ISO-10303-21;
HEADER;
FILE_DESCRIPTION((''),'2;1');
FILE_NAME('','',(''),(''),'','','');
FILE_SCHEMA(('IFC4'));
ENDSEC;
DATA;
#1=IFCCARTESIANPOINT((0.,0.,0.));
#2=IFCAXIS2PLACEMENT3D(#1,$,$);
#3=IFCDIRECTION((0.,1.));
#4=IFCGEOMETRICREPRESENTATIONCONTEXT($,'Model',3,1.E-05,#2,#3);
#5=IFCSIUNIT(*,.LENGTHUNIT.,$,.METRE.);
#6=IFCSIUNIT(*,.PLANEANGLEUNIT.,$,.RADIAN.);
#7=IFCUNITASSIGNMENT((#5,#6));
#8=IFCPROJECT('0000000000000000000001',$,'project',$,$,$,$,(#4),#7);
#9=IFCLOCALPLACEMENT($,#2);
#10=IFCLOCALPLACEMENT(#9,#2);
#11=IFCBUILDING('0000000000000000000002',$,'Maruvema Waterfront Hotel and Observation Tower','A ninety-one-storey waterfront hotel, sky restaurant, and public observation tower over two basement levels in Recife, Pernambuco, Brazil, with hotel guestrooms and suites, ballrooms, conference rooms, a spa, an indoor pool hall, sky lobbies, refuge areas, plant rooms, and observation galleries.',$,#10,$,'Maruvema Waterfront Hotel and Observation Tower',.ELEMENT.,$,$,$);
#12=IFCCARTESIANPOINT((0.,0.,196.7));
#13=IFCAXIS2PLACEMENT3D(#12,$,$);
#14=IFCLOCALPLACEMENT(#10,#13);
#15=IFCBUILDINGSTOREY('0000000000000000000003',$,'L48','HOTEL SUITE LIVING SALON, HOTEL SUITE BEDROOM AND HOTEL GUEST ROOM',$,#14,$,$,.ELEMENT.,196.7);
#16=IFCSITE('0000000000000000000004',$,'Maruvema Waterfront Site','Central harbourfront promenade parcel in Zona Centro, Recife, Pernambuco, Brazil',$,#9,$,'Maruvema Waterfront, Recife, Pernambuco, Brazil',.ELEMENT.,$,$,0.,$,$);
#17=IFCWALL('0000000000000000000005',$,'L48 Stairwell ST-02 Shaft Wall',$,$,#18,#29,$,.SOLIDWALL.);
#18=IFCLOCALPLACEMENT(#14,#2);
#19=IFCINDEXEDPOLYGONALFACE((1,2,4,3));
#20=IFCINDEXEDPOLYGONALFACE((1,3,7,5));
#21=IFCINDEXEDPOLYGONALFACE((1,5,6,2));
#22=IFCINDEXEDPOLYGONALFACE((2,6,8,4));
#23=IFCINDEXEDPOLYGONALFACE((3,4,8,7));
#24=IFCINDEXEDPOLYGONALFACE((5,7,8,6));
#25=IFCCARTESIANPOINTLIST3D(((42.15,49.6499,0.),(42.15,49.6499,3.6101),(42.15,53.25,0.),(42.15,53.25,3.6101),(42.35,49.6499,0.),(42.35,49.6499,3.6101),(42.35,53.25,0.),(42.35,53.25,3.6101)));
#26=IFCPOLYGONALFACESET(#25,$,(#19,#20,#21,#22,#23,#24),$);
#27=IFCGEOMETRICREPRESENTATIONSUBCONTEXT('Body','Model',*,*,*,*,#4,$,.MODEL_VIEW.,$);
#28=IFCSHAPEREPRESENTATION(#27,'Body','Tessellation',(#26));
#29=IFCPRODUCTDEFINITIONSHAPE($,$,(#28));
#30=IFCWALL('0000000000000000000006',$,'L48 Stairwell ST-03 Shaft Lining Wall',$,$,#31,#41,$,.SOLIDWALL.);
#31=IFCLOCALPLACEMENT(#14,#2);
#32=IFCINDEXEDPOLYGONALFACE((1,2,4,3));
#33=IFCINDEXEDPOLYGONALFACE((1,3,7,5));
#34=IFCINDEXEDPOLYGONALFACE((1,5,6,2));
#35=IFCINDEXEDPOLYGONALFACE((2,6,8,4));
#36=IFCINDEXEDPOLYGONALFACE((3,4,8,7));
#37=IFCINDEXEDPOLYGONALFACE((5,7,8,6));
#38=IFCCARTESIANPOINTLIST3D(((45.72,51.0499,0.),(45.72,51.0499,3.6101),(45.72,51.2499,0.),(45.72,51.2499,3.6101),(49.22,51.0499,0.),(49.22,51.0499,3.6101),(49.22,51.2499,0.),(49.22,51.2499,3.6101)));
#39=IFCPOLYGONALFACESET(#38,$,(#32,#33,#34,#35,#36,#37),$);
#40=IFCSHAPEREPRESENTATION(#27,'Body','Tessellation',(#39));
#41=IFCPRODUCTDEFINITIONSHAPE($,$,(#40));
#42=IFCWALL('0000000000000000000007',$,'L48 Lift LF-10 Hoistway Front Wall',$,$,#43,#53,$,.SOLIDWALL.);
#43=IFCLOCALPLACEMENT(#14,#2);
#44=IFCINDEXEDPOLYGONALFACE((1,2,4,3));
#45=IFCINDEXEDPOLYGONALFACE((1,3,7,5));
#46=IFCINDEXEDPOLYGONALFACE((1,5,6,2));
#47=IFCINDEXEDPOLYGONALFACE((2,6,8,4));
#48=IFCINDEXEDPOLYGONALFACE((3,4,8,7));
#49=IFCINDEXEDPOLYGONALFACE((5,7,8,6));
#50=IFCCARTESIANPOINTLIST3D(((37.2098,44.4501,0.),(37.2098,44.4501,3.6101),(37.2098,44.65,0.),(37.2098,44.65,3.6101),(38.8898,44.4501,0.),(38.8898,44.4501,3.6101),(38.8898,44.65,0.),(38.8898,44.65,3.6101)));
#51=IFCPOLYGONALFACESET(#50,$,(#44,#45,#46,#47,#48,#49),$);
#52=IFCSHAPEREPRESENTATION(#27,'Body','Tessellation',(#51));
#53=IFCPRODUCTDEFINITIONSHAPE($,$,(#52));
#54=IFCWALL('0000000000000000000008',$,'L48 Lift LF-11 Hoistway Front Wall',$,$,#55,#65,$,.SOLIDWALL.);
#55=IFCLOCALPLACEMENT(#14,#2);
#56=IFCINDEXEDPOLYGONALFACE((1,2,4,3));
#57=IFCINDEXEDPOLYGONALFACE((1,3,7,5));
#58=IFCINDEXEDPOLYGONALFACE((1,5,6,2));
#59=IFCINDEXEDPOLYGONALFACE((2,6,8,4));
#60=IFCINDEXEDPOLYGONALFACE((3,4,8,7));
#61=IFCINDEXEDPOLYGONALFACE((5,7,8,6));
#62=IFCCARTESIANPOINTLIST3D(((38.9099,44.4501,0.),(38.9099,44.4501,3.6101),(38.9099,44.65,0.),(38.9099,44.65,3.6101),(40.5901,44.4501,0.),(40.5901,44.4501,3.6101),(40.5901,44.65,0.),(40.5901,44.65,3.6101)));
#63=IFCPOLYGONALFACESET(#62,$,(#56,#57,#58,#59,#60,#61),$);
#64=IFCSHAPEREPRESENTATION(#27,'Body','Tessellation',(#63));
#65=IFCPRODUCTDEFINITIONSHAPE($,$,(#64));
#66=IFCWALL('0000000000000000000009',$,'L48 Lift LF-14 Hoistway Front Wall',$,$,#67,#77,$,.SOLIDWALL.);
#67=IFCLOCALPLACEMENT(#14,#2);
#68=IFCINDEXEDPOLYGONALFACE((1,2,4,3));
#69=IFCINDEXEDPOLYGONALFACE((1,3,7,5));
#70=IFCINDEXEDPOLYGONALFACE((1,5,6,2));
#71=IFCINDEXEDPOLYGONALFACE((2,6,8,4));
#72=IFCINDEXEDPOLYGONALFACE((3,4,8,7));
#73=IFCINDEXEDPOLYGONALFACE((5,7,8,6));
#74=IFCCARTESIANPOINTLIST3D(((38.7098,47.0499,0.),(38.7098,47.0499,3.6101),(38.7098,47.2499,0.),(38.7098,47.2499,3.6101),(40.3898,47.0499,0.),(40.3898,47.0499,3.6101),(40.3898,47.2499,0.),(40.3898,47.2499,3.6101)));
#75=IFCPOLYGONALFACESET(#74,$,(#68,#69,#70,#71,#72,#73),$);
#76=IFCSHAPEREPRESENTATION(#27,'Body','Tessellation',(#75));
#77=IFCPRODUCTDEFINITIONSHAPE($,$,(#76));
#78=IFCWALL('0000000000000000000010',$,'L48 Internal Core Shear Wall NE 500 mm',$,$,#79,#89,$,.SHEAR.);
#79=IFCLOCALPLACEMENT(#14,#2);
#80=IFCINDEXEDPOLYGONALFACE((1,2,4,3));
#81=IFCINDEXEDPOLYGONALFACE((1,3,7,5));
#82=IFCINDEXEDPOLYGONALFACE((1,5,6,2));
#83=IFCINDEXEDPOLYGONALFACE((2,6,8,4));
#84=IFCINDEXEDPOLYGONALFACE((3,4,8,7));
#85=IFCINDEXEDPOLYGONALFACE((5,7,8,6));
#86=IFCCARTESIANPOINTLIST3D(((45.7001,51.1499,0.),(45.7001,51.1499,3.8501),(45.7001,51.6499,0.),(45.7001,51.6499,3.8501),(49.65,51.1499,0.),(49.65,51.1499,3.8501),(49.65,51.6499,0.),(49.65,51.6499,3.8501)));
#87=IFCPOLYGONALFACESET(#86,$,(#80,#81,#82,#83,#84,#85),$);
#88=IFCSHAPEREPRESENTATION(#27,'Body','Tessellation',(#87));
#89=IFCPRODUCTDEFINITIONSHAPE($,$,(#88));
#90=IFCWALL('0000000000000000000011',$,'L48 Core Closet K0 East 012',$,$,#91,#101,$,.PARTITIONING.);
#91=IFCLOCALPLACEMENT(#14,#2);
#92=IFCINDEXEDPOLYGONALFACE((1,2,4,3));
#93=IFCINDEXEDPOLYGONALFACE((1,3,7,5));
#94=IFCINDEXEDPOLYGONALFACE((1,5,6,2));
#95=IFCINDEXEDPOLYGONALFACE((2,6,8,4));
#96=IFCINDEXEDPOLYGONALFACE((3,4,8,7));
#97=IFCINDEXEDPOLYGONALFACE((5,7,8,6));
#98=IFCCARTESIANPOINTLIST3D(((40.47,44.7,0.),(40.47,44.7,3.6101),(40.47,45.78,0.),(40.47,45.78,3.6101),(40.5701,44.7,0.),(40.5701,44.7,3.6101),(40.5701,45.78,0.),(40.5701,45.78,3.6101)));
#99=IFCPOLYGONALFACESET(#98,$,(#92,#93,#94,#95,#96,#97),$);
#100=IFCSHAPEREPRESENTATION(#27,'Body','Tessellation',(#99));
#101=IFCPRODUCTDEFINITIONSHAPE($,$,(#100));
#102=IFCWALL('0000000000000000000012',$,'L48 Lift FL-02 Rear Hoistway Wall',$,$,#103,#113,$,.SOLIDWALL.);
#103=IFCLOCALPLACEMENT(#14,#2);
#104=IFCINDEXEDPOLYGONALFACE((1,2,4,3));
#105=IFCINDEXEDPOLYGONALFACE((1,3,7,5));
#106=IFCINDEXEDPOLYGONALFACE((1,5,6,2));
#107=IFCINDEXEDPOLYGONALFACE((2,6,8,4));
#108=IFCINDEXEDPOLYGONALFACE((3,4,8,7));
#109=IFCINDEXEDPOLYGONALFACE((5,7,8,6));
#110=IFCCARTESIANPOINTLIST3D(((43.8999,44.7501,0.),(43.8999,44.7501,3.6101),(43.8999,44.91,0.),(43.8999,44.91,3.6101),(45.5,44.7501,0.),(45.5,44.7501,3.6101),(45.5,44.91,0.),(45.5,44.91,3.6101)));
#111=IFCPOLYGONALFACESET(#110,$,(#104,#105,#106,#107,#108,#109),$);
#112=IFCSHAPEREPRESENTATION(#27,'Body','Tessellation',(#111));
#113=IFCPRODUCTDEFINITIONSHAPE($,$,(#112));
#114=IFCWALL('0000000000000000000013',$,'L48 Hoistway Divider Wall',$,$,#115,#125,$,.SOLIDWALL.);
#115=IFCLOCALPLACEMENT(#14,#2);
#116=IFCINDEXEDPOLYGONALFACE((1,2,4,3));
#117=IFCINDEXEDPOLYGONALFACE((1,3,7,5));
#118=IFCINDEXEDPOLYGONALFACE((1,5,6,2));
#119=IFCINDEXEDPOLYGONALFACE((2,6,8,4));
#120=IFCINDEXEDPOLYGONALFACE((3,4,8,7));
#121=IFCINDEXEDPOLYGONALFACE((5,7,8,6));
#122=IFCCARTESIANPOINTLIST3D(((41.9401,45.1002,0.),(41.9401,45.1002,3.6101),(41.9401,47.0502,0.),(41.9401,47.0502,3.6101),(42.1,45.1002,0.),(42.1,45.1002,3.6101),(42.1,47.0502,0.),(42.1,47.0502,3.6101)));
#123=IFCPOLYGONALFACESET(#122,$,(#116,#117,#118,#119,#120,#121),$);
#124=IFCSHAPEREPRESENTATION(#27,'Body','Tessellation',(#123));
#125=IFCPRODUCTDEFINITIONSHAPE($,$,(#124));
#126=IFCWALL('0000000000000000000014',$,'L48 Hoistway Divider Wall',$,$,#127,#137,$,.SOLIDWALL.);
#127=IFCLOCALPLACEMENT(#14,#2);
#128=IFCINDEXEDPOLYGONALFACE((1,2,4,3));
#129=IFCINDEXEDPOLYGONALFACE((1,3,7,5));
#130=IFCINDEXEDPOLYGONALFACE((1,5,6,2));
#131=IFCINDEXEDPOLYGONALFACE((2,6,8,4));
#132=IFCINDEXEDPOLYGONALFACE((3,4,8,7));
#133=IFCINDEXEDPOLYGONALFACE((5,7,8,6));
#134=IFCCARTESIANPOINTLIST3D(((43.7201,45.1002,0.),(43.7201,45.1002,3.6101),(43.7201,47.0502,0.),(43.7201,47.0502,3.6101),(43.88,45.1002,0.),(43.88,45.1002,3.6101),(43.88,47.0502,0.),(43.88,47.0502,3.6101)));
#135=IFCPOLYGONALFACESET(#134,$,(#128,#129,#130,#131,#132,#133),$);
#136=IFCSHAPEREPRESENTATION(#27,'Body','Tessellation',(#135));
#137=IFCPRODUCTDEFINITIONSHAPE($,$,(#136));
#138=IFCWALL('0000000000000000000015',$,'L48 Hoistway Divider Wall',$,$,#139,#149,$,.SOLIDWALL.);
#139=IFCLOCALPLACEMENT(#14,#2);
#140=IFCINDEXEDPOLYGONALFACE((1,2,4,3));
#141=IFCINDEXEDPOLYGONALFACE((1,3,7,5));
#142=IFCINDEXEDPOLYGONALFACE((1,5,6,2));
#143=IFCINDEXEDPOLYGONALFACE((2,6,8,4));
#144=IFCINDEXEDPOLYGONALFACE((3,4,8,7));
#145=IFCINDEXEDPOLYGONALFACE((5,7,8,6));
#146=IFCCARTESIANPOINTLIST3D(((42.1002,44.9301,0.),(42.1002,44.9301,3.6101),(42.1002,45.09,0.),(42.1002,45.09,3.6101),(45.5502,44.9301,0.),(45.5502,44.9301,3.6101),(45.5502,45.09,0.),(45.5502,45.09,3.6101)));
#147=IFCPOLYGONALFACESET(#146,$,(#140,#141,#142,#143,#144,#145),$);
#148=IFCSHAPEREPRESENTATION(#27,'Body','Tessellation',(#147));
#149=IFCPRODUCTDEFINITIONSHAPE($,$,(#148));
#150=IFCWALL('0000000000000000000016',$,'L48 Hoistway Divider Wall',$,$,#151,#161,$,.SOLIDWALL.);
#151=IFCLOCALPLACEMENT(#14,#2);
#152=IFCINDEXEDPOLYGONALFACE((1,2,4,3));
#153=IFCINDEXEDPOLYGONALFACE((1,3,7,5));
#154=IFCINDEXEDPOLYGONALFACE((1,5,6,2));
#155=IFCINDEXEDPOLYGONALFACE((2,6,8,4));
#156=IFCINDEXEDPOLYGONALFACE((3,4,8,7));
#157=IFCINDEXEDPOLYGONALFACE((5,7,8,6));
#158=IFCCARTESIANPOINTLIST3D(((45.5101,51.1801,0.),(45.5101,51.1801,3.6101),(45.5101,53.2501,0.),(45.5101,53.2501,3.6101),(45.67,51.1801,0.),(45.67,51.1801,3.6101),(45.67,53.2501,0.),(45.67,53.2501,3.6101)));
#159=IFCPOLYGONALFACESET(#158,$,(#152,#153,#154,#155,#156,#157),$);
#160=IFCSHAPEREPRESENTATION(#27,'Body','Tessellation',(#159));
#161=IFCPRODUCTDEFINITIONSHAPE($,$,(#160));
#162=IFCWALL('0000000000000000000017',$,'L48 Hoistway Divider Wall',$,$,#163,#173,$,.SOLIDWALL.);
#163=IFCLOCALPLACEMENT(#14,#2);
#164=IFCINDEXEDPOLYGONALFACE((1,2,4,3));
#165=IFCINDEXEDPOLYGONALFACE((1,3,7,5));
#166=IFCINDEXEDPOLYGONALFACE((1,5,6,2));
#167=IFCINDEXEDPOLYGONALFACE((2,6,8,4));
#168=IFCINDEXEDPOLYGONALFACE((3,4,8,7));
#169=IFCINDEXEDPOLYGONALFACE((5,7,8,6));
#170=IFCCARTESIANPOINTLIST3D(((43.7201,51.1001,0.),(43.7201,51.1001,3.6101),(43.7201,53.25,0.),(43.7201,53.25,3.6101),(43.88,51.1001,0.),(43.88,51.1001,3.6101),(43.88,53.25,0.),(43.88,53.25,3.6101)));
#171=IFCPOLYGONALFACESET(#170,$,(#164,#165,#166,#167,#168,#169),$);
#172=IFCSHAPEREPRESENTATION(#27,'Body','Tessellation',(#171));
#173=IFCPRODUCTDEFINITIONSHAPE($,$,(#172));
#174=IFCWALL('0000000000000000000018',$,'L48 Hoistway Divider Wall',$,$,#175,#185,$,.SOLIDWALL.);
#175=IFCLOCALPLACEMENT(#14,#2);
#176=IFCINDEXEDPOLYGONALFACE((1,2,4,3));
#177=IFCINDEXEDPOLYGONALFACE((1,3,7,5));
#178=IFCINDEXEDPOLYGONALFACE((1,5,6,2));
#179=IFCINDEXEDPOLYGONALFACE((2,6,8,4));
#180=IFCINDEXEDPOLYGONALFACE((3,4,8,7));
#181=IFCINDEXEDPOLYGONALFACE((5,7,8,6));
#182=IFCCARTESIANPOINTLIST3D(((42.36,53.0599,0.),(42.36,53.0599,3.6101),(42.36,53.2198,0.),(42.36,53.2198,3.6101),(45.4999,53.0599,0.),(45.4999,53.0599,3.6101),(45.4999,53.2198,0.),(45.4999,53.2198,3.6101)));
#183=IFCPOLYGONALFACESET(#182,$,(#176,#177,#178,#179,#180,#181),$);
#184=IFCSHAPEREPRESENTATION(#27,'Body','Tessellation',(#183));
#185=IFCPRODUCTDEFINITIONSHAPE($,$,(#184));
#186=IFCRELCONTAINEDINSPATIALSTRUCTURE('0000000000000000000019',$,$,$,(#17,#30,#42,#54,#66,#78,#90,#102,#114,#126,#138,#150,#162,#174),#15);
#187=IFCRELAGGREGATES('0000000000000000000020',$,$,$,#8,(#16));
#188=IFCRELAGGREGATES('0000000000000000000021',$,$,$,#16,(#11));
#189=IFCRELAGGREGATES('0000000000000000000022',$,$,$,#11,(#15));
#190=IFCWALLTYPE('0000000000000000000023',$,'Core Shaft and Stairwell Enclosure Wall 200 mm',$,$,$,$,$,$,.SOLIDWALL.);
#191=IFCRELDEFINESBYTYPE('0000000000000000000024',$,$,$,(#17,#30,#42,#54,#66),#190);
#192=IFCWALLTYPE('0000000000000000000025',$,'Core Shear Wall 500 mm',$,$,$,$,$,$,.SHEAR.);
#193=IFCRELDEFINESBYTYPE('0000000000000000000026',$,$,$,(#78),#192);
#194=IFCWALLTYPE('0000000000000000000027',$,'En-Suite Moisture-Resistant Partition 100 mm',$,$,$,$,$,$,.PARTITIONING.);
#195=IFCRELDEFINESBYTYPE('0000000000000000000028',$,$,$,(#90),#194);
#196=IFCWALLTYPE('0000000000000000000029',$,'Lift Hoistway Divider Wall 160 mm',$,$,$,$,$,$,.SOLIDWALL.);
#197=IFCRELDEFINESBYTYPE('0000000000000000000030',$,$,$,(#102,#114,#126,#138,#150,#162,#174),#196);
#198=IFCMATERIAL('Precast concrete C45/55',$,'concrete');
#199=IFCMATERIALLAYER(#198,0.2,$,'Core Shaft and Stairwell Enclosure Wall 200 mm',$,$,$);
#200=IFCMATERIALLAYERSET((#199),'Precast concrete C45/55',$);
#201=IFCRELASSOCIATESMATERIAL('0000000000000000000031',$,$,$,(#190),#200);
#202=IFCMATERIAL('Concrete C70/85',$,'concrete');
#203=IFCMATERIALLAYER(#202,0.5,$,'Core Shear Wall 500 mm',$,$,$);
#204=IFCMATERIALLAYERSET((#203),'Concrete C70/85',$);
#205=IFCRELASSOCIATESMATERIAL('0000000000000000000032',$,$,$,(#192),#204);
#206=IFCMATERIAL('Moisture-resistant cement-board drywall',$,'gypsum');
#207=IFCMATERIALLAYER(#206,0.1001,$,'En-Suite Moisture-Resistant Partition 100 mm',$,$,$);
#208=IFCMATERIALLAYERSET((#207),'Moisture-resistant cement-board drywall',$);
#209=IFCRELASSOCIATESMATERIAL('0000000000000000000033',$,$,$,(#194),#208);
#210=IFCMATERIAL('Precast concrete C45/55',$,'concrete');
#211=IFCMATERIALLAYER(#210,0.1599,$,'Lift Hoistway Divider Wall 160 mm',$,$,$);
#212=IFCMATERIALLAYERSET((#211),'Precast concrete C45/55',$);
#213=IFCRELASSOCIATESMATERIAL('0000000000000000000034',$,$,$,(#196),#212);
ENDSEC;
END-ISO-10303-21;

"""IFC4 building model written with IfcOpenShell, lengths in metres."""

from ifc_helpers import new_model, si_unit, direction, frame, frame_2d, origin, place, context, subcontext, project, spatial, rectangle, extrude, material, layer, layer_set, type_object, element, save


model = new_model("IFC4")

# Units and contexts
model_context = context("Model", 3, precision=1e-05, world=origin(), true_north=direction((0.0, 1.0)))
body_context = subcontext(model_context, "Body", "Model", "MODEL_VIEW")
ifc_project = project(units=[si_unit("LENGTHUNIT", "METRE"), si_unit("PLANEANGLEUNIT", "RADIAN")], contexts=[model_context])

# Site, building, storey
site_placement = place(None, origin())
site = spatial("IfcSite", under=ifc_project, at=site_placement, Name="Maruvema Waterfront Site", Description="Central harbourfront promenade parcel in Zona Centro, Recife, Pernambuco, Brazil", LongName="Maruvema Waterfront, Recife, Pernambuco, Brazil", CompositionType="ELEMENT", RefElevation=0.0)
building_placement = place(site_placement, origin())
building = spatial("IfcBuilding", under=site, at=building_placement, Name="Maruvema Waterfront Hotel and Observation Tower", Description="A ninety-one-storey waterfront hotel, sky restaurant, and public observation tower over two basement levels in Recife, Pernambuco, Brazil, with hotel guestrooms and suites, ballrooms, conference rooms, a spa, an indoor pool hall, sky lobbies, refuge areas, plant rooms, and observation galleries.", LongName="Maruvema Waterfront Hotel and Observation Tower", CompositionType="ELEMENT")
storey_placement = place(building_placement, frame((0.0, 0.0, 196.7)))
storey = spatial("IfcBuildingStorey", under=building, at=storey_placement, Name="L48", Description="HOTEL SUITE LIVING SALON, HOTEL SUITE BEDROOM AND HOTEL GUEST ROOM", CompositionType="ELEMENT", Elevation=196.7)

# Walls
ifc_material_1 = material(Name="Precast concrete C45/55", Category="concrete")
ifc_layer_1 = layer(ifc_material_1, 0.2, Name="Core Shaft and Stairwell Enclosure Wall 200 mm")
ifc_layer_set_1 = layer_set([ifc_layer_1], Name="Precast concrete C45/55")
wall_type_1 = type_object("IfcWallType", Name="Core Shaft and Stairwell Enclosure Wall 200 mm", PredefinedType="SOLIDWALL", material=ifc_layer_set_1)
wall_1_placement = place(storey_placement, frame((42.25, 49.6499, 0.0), z_axis=(0.0, 0.0, 1.0), x_axis=(0.0, 1.0, 0.0)))
element("IfcWall", 1, at=wall_1_placement, inside=storey, type_object=wall_type_1, Name="L48 Stairwell ST-02 Shaft Wall", PredefinedType="SOLIDWALL", context=body_context, shape_type="SweptSolid", body=[
    extrude(rectangle(XDim=3.6001, YDim=0.2, at=frame_2d((1.8, 0.0))), origin(), (0.0, 0.0, 1.0), 3.6101),
])
wall_2_placement = place(storey_placement, frame((45.72, 51.1499, 0.0), z_axis=(0.0, 0.0, 1.0), x_axis=(1.0, 0.0, 0.0)))
element("IfcWall", 2, at=wall_2_placement, inside=storey, type_object=wall_type_1, Name="L48 Stairwell ST-03 Shaft Lining Wall", PredefinedType="SOLIDWALL", context=body_context, shape_type="SweptSolid", body=[
    extrude(rectangle(XDim=3.5, YDim=0.2, at=frame_2d((1.75, 0.0))), origin(), (0.0, 0.0, 1.0), 3.6101),
])

# Walls
wall_3_placement = place(storey_placement, frame((37.21, 44.55, 0.0), z_axis=(0.0, 0.0, 1.0), x_axis=(1.0, 0.0, 0.0)))
element("IfcWall", 3, at=wall_3_placement, inside=storey, type_object=wall_type_1, Name="L48 Lift LF-10 Hoistway Front Wall", PredefinedType="SOLIDWALL", context=body_context, shape_type="SweptSolid", body=[
    extrude(rectangle(XDim=1.6799, YDim=0.2, at=frame_2d((0.8398, 0.0))), origin(), (0.0, 0.0, 1.0), 3.6101),
])
wall_4_placement = place(storey_placement, frame((38.9099, 44.55, 0.0), z_axis=(0.0, 0.0, 1.0), x_axis=(1.0, 0.0, 0.0)))
element("IfcWall", 4, at=wall_4_placement, inside=storey, type_object=wall_type_1, Name="L48 Lift LF-11 Hoistway Front Wall", PredefinedType="SOLIDWALL", context=body_context, shape_type="SweptSolid", body=[
    extrude(rectangle(XDim=1.6802, YDim=0.2, at=frame_2d((0.8401, 0.0))), origin(), (0.0, 0.0, 1.0), 3.6101),
])
wall_5_placement = place(storey_placement, frame((38.71, 47.1499, 0.0), z_axis=(0.0, 0.0, 1.0), x_axis=(1.0, 0.0, 0.0)))
element("IfcWall", 5, at=wall_5_placement, inside=storey, type_object=wall_type_1, Name="L48 Lift LF-14 Hoistway Front Wall", PredefinedType="SOLIDWALL", context=body_context, shape_type="SweptSolid", body=[
    extrude(rectangle(XDim=1.6799, YDim=0.2, at=frame_2d((0.8398, 0.0))), origin(), (0.0, 0.0, 1.0), 3.6101),
])
ifc_material_2 = material(Name="Concrete C70/85", Category="concrete")
ifc_layer_2 = layer(ifc_material_2, 0.5, Name="Core Shear Wall 500 mm")
ifc_layer_set_2 = layer_set([ifc_layer_2], Name="Concrete C70/85")
wall_type_2 = type_object("IfcWallType", Name="Core Shear Wall 500 mm", PredefinedType="SHEAR", material=ifc_layer_set_2)
wall_6_placement = place(storey_placement, frame((45.7, 51.3999, 0.0), z_axis=(0.0, 0.0, 1.0), x_axis=(1.0, 0.0, 0.0)))
element("IfcWall", 6, at=wall_6_placement, inside=storey, type_object=wall_type_2, Name="L48 Internal Core Shear Wall NE 500 mm", PredefinedType="SHEAR", context=body_context, shape_type="SweptSolid", body=[
    extrude(rectangle(XDim=3.95, YDim=0.5, at=frame_2d((1.9751, 0.0))), origin(), (0.0, 0.0, 1.0), 3.8501),
])
ifc_material_3 = material(Name="Moisture-resistant cement-board drywall", Category="gypsum")
ifc_layer_3 = layer(ifc_material_3, 0.1001, Name="En-Suite Moisture-Resistant Partition 100 mm")
ifc_layer_set_3 = layer_set([ifc_layer_3], Name="Moisture-resistant cement-board drywall")
wall_type_3 = type_object("IfcWallType", Name="En-Suite Moisture-Resistant Partition 100 mm", PredefinedType="PARTITIONING", material=ifc_layer_set_3)
wall_7_placement = place(storey_placement, frame((40.52, 44.7, 0.0), z_axis=(0.0, 0.0, 1.0), x_axis=(0.0, 1.0, 0.0)))
element("IfcWall", 7, at=wall_7_placement, inside=storey, type_object=wall_type_3, Name="L48 Core Closet K0 East 012", PredefinedType="PARTITIONING", context=body_context, shape_type="SweptSolid", body=[
    extrude(rectangle(XDim=1.0801, YDim=0.1001, at=frame_2d((0.54, 0.0))), origin(), (0.0, 0.0, 1.0), 3.6101),
])
ifc_material_4 = material(Name="Precast concrete C45/55", Category="concrete")
ifc_layer_4 = layer(ifc_material_4, 0.1599, Name="Lift Hoistway Divider Wall 160 mm")
ifc_layer_set_4 = layer_set([ifc_layer_4], Name="Precast concrete C45/55")
wall_type_4 = type_object("IfcWallType", Name="Lift Hoistway Divider Wall 160 mm", PredefinedType="SOLIDWALL", material=ifc_layer_set_4)
wall_8_placement = place(storey_placement, frame((43.8999, 44.8301, 0.0), z_axis=(0.0, 0.0, 1.0), x_axis=(1.0, 0.0, 0.0)))
element("IfcWall", 8, at=wall_8_placement, inside=storey, type_object=wall_type_4, Name="L48 Lift FL-02 Rear Hoistway Wall", PredefinedType="SOLIDWALL", context=body_context, shape_type="SweptSolid", body=[
    extrude(rectangle(XDim=1.6001, YDim=0.1599, at=frame_2d((0.8, 0.0))), origin(), (0.0, 0.0, 1.0), 3.6101),
])
for number, where, z_axis, x_axis, name in (
    (9, (42.02, 45.1001, 0.0), (0.0, 0.0, 1.0), (0.0, 1.0, 0.0), "L48 Hoistway Divider Wall"),
    (10, (43.8, 45.1001, 0.0), (0.0, 0.0, 1.0), (0.0, 1.0, 0.0), "L48 Hoistway Divider Wall"),
):
    element("IfcWall", number, at=place(storey_placement, frame(where, z_axis=z_axis, x_axis=x_axis)), inside=storey, type_object=wall_type_4, Name=name, PredefinedType="SOLIDWALL", context=body_context, shape_type="SweptSolid", body=[
        extrude(rectangle(XDim=1.95, YDim=0.1599, at=frame_2d((0.9751, 0.0))), origin(), (0.0, 0.0, 1.0), 3.6101),
    ])
wall_9_placement = place(storey_placement, frame((42.1001, 45.01, 0.0), z_axis=(0.0, 0.0, 1.0), x_axis=(1.0, 0.0, 0.0)))
element("IfcWall", 11, at=wall_9_placement, inside=storey, type_object=wall_type_4, Name="L48 Hoistway Divider Wall", PredefinedType="SOLIDWALL", context=body_context, shape_type="SweptSolid", body=[
    extrude(rectangle(XDim=3.45, YDim=0.1599, at=frame_2d((1.7251, 0.0))), origin(), (0.0, 0.0, 1.0), 3.6101),
])
wall_10_placement = place(storey_placement, frame((45.5901, 51.1799, 0.0), z_axis=(0.0, 0.0, 1.0), x_axis=(0.0, 1.0, 0.0)))
element("IfcWall", 12, at=wall_10_placement, inside=storey, type_object=wall_type_4, Name="L48 Hoistway Divider Wall", PredefinedType="SOLIDWALL", context=body_context, shape_type="SweptSolid", body=[
    extrude(rectangle(XDim=2.0701, YDim=0.1599, at=frame_2d((1.0352, 0.0))), origin(), (0.0, 0.0, 1.0), 3.6101),
])
wall_11_placement = place(storey_placement, frame((43.8, 51.1001, 0.0), z_axis=(0.0, 0.0, 1.0), x_axis=(0.0, 1.0, 0.0)))
element("IfcWall", 13, at=wall_11_placement, inside=storey, type_object=wall_type_4, Name="L48 Hoistway Divider Wall", PredefinedType="SOLIDWALL", context=body_context, shape_type="SweptSolid", body=[
    extrude(rectangle(XDim=2.1499, YDim=0.1599, at=frame_2d((1.075, 0.0))), origin(), (0.0, 0.0, 1.0), 3.6101),
])
wall_12_placement = place(storey_placement, frame((42.3601, 53.1399, 0.0), z_axis=(0.0, 0.0, 1.0), x_axis=(1.0, 0.0, 0.0)))
element("IfcWall", 14, at=wall_12_placement, inside=storey, type_object=wall_type_4, Name="L48 Hoistway Divider Wall", PredefinedType="SOLIDWALL", context=body_context, shape_type="SweptSolid", body=[
    extrude(rectangle(XDim=3.1399, YDim=0.1599, at=frame_2d((1.5698, 0.0))), origin(), (0.0, 0.0, 1.0), 3.6101),
])

save(model, "model.ifc")
